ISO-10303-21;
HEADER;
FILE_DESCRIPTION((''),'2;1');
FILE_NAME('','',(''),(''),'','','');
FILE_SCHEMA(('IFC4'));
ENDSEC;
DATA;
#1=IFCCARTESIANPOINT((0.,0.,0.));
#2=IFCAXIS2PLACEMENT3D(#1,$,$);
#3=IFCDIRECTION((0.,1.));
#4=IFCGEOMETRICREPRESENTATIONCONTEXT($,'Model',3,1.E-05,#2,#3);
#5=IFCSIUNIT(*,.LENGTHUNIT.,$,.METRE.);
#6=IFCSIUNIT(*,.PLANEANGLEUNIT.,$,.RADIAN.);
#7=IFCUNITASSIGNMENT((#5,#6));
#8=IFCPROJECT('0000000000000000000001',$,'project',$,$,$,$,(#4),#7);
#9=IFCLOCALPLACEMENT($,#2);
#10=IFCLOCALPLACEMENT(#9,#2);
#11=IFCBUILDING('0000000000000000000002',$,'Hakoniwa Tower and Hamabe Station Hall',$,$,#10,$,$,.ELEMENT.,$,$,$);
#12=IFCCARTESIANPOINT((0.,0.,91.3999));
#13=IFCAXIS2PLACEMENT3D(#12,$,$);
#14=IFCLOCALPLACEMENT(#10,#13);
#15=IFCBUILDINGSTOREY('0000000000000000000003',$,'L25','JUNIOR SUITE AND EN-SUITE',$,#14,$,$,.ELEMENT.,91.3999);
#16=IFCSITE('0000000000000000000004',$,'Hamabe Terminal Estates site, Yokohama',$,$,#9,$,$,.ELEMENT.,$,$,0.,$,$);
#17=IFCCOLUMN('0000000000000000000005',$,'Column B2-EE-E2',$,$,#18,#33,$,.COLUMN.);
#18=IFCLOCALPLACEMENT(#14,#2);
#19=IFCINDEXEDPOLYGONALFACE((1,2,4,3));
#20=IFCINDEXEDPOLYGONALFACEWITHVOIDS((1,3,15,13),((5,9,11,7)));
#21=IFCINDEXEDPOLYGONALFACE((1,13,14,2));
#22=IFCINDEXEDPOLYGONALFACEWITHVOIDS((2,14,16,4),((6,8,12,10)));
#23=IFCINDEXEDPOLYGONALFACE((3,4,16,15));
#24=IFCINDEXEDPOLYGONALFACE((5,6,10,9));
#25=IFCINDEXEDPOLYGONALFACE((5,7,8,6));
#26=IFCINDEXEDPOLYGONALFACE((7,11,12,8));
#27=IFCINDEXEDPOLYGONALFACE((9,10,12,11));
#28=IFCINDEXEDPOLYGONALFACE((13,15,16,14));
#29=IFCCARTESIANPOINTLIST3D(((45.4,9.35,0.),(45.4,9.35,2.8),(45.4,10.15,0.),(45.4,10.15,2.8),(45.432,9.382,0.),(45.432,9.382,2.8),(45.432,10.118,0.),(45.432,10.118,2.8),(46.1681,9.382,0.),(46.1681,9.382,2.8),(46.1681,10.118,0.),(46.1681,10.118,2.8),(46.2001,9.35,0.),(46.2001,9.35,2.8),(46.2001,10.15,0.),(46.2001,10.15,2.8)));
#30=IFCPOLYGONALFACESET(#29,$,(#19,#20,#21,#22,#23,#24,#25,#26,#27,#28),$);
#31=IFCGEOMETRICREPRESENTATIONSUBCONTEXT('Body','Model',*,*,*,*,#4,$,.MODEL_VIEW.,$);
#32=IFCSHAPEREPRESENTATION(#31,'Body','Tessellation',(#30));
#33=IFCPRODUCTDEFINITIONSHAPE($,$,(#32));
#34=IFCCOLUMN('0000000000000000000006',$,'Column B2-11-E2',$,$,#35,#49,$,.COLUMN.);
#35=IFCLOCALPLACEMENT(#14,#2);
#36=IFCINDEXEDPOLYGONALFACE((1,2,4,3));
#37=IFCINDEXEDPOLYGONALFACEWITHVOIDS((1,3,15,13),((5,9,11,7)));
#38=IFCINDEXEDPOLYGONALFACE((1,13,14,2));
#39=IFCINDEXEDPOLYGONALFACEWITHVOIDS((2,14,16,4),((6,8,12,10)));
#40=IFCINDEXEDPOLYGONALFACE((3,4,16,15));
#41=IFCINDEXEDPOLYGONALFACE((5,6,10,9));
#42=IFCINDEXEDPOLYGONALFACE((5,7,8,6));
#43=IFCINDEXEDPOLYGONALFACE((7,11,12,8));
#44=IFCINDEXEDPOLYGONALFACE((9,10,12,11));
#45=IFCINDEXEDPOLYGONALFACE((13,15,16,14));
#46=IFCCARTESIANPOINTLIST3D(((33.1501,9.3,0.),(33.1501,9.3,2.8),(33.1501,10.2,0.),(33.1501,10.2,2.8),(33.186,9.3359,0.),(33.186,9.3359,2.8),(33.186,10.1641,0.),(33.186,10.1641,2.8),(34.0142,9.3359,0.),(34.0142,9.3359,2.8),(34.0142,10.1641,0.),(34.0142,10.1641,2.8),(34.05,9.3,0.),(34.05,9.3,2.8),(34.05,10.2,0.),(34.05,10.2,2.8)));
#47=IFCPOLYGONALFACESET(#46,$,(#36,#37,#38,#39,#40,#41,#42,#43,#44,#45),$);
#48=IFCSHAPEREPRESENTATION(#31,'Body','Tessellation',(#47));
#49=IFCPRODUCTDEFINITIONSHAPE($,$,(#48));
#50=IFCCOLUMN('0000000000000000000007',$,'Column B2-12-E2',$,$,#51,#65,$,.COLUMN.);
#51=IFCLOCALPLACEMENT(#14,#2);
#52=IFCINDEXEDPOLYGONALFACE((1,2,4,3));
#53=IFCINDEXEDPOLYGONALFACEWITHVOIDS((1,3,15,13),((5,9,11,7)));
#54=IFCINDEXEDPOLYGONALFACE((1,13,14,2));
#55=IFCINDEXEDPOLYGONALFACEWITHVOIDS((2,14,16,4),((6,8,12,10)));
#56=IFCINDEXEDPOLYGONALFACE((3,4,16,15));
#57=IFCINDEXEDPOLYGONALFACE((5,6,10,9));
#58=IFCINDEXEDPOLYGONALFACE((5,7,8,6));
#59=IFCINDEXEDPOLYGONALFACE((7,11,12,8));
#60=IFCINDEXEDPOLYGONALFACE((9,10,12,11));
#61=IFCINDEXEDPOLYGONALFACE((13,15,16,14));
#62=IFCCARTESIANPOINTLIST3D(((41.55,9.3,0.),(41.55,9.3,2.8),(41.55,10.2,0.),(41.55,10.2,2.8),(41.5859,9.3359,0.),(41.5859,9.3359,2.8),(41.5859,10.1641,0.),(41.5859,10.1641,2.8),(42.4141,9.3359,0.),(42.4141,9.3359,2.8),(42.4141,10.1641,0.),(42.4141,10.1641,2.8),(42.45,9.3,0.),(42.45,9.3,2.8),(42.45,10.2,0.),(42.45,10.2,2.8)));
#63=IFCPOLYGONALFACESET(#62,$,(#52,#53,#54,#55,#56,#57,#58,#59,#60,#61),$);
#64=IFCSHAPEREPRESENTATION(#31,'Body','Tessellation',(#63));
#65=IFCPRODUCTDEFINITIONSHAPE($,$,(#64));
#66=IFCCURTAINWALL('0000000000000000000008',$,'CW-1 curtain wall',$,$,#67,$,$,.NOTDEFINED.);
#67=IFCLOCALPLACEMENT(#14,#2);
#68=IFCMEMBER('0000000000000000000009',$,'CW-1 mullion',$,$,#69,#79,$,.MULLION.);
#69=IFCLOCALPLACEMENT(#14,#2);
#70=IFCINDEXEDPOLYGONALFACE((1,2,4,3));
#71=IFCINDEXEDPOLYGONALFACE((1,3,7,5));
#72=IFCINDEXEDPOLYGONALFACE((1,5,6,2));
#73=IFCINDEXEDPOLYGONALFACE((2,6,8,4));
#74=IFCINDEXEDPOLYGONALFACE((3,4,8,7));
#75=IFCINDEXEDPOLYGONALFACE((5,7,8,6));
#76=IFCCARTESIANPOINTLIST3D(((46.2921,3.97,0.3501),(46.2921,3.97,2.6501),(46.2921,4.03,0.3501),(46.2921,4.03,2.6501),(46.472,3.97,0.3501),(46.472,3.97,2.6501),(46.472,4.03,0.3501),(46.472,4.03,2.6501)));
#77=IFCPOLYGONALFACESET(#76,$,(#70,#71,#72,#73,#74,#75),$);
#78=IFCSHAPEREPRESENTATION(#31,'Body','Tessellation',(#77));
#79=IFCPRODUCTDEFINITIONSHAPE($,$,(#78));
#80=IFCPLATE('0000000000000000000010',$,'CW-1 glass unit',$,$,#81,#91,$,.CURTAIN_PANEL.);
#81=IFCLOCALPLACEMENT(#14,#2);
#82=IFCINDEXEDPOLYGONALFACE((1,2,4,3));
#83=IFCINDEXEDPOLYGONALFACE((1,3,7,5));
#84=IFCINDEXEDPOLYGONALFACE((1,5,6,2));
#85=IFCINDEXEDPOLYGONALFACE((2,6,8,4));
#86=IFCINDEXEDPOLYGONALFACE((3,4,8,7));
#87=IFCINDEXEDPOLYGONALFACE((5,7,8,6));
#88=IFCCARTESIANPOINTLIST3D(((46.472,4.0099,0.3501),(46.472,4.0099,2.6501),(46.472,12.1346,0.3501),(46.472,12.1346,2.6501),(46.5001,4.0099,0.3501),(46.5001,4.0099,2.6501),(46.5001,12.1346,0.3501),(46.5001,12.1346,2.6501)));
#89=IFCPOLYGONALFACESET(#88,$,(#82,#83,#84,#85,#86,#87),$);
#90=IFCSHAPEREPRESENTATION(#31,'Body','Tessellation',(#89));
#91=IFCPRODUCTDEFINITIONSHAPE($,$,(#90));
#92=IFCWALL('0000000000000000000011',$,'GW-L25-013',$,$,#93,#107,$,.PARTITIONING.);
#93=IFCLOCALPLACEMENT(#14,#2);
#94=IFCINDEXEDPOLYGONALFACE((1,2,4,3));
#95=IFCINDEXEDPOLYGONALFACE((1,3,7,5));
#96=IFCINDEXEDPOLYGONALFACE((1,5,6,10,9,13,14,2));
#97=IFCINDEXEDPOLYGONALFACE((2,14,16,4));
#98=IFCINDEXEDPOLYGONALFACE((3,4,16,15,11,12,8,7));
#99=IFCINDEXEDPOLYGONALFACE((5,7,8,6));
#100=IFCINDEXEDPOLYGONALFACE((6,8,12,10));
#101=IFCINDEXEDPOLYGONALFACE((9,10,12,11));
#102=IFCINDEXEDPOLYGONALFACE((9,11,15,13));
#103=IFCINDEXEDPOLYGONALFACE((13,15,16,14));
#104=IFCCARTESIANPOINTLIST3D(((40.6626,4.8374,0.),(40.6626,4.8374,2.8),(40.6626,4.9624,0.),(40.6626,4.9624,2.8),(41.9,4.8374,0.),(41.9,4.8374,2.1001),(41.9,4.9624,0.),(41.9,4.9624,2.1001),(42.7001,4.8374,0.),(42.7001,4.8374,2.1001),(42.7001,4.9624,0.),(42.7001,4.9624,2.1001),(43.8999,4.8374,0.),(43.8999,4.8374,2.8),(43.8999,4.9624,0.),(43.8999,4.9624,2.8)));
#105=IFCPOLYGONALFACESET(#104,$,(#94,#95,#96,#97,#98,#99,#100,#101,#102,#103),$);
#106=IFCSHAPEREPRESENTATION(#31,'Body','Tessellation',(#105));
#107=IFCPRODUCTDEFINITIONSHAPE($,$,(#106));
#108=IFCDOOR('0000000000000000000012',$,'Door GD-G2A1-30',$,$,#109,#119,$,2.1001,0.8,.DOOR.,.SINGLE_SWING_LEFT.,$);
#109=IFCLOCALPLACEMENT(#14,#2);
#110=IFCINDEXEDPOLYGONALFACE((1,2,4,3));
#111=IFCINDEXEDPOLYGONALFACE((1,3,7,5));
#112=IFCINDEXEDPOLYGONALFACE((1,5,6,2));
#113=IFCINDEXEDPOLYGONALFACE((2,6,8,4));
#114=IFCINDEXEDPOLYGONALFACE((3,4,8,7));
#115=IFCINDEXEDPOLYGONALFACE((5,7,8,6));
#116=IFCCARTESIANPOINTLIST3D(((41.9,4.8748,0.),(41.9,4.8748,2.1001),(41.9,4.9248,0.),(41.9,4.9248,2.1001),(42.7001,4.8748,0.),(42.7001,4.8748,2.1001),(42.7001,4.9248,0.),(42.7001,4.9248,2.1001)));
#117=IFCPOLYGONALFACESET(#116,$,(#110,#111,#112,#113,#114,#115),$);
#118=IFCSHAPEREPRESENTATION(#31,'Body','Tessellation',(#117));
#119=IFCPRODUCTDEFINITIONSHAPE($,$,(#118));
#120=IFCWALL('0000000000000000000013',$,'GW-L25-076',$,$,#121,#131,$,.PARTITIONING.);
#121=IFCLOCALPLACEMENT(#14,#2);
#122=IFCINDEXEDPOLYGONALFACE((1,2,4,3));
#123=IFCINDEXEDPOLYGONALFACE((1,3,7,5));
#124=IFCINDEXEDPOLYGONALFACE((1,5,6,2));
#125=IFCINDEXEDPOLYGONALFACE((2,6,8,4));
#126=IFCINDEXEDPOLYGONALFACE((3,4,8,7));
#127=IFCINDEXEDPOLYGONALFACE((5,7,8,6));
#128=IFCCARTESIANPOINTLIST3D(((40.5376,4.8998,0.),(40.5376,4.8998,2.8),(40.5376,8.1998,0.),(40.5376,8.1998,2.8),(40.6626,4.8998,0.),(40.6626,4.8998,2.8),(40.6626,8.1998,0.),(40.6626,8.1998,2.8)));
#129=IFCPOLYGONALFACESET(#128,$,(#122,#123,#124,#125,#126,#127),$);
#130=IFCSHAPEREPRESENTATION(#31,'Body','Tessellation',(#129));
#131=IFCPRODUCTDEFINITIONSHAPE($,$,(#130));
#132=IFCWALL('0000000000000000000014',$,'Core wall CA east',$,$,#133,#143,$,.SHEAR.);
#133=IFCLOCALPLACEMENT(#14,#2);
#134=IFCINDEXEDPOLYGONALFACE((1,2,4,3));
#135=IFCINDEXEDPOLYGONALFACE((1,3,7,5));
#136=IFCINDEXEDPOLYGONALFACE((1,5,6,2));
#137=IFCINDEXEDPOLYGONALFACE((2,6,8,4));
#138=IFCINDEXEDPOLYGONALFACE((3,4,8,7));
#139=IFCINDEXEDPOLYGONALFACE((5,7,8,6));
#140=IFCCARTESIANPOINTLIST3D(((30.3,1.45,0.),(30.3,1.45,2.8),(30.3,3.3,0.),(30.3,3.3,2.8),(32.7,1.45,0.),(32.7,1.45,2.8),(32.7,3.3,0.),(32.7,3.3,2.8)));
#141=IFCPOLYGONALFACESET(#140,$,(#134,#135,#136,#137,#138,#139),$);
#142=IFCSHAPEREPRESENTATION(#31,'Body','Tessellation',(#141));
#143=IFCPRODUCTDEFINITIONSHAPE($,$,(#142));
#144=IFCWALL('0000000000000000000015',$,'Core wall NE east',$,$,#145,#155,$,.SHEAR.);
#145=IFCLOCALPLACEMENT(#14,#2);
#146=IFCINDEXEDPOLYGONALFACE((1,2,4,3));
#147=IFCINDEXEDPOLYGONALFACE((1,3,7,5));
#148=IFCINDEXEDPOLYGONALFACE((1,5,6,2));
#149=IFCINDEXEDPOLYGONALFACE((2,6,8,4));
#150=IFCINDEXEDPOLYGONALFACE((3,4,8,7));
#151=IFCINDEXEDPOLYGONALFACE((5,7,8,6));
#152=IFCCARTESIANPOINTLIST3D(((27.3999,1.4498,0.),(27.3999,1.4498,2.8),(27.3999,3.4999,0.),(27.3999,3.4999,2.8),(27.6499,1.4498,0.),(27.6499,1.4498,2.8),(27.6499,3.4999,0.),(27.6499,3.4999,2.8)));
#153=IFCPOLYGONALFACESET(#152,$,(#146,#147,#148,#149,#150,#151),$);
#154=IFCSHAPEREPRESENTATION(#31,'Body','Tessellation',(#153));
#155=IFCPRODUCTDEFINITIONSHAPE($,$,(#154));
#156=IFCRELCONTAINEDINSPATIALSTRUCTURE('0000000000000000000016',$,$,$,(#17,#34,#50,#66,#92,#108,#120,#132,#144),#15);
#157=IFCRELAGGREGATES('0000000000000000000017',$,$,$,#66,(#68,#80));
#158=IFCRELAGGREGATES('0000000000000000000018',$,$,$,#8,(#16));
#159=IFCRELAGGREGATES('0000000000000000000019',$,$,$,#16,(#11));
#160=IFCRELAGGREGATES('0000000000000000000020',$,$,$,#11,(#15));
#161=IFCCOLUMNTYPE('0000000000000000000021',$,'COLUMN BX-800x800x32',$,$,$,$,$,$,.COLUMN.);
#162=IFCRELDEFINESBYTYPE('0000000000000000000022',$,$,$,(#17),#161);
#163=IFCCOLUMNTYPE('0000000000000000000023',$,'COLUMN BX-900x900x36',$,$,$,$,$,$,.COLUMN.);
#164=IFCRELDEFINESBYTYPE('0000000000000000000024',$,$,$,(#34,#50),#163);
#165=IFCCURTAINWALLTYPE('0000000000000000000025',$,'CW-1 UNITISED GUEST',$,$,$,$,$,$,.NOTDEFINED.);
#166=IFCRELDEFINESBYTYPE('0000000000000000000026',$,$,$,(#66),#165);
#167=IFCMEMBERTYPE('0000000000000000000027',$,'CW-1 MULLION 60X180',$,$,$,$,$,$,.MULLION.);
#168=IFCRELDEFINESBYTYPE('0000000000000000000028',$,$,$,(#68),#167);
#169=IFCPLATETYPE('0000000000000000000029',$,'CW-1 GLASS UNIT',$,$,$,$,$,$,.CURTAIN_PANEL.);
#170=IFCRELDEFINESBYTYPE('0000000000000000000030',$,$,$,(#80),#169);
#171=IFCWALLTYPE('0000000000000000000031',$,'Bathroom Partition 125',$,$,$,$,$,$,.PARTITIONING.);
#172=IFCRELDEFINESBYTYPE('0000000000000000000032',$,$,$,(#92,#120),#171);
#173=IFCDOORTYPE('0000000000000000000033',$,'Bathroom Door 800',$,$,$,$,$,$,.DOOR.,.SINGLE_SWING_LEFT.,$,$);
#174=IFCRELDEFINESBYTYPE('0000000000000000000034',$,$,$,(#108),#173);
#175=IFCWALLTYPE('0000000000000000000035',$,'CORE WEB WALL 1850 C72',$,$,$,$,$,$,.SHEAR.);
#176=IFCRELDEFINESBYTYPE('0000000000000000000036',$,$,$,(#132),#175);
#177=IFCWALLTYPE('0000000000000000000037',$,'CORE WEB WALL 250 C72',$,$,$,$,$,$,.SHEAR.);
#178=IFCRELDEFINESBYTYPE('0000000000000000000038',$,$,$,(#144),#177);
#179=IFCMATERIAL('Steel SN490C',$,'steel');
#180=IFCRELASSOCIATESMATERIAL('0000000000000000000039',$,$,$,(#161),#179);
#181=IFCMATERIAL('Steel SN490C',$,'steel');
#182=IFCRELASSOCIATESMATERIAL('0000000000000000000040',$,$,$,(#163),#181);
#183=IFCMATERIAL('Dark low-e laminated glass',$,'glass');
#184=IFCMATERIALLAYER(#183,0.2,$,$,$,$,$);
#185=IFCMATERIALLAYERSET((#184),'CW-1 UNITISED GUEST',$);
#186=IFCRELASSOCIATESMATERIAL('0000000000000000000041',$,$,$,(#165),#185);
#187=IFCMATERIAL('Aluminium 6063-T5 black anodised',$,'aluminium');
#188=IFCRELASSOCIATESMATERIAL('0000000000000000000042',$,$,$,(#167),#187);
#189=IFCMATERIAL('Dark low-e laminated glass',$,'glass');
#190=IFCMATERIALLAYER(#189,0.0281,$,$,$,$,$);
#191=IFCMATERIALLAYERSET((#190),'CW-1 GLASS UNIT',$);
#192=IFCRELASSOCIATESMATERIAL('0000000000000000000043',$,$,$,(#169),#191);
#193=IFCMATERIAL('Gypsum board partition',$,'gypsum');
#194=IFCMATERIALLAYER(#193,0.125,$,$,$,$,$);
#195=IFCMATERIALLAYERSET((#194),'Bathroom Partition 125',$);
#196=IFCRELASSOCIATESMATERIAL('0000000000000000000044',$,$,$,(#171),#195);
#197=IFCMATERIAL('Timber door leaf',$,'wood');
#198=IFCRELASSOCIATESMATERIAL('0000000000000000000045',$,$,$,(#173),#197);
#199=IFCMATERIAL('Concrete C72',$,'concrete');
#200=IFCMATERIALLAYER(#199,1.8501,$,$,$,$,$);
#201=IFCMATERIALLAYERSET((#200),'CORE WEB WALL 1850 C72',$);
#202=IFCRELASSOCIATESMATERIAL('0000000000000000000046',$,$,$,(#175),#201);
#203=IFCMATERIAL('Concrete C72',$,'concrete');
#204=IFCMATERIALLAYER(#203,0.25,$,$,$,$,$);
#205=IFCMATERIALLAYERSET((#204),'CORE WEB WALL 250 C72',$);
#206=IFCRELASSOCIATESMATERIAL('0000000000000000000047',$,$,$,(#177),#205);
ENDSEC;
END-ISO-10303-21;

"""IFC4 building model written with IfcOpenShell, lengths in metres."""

from ifc_helpers import new_model, si_unit, direction, frame, frame_2d, origin, origin_2d, place, context, subcontext, project, spatial, rectangle, hollow_rectangle, extrude, material, layer, layer_set, material_profile, profile_set, type_object, element, fill, aggregate, save


model = new_model("IFC4")

# Units and contexts
model_context = context("Model", 3, precision=1e-05, world=origin(), true_north=direction((0.0, 1.0)))
body_context = subcontext(model_context, "Body", "Model", "MODEL_VIEW")
ifc_project = project(units=[si_unit("LENGTHUNIT", "METRE"), si_unit("PLANEANGLEUNIT", "RADIAN")], contexts=[model_context])

# Site, building, storey
site_placement = place(None, origin())
site = spatial("IfcSite", under=ifc_project, at=site_placement, Name="Hamabe Terminal Estates site, Yokohama", CompositionType="ELEMENT", RefElevation=0.0)
building_placement = place(site_placement, origin())
building = spatial("IfcBuilding", under=site, at=building_placement, Name="Hakoniwa Tower and Hamabe Station Hall", CompositionType="ELEMENT")
storey_placement = place(building_placement, frame((0.0, 0.0, 91.3999)))
storey = spatial("IfcBuildingStorey", under=building, at=storey_placement, Name="L25", Description="JUNIOR SUITE AND EN-SUITE", CompositionType="ELEMENT", Elevation=91.3999)

# Columns
ifc_material_1 = material(Name="Steel SN490C", Category="steel")
ifc_material_profile_1 = material_profile(ifc_material_1, hollow_rectangle(XDim=0.8, YDim=0.8, WallThickness=0.032, at=origin_2d()), Name="BX-800x800x32")
ifc_profile_set_1 = profile_set([ifc_material_profile_1], Name="Steel SN490C")
column_type_1 = type_object("IfcColumnType", Name="COLUMN BX-800x800x32", PredefinedType="COLUMN", material=ifc_profile_set_1)
column_placement = place(storey_placement, frame((45.8, 9.75, 0.0), z_axis=(0.0, 0.0, 1.0), x_axis=(1.0, 0.0, 0.0)))
element("IfcColumn", 1, at=column_placement, inside=storey, type_object=column_type_1, Name="Column B2-EE-E2", PredefinedType="COLUMN", context=body_context, shape_type="SweptSolid", body=[
    extrude(hollow_rectangle(XDim=0.8, YDim=0.8, WallThickness=0.032, at=origin_2d()), origin(), (0.0, 0.0, 1.0), 2.8),
])
ifc_material_2 = material(Name="Steel SN490C", Category="steel")
ifc_material_profile_2 = material_profile(ifc_material_2, hollow_rectangle(XDim=0.8999, YDim=0.8999, WallThickness=0.0359, at=origin_2d()), Name="BX-900x900x36")
ifc_profile_set_2 = profile_set([ifc_material_profile_2], Name="Steel SN490C")
column_type_2 = type_object("IfcColumnType", Name="COLUMN BX-900x900x36", PredefinedType="COLUMN", material=ifc_profile_set_2)
for number, where, z_axis, x_axis, name in (
    (2, (33.6001, 9.75, 0.0), (0.0, 0.0, 1.0), (1.0, 0.0, 0.0), "Column B2-11-E2"),
    (3, (42.0, 9.75, 0.0), (0.0, 0.0, 1.0), (1.0, 0.0, 0.0), "Column B2-12-E2"),
):
    element("IfcColumn", number, at=place(storey_placement, frame(where, z_axis=z_axis, x_axis=x_axis)), inside=storey, type_object=column_type_2, Name=name, PredefinedType="COLUMN", context=body_context, shape_type="SweptSolid", body=[
        extrude(hollow_rectangle(XDim=0.8999, YDim=0.8999, WallThickness=0.0359, at=origin_2d()), origin(), (0.0, 0.0, 1.0), 2.8),
    ])

# Curtain wall, member, plate
ifc_material_3 = material(Name="Dark low-e laminated glass", Category="glass")
ifc_layer_1 = layer(ifc_material_3, 0.2)
ifc_layer_set_1 = layer_set([ifc_layer_1], Name="CW-1 UNITISED GUEST")
curtain_wall_type = type_object("IfcCurtainWallType", Name="CW-1 UNITISED GUEST", PredefinedType="NOTDEFINED", material=ifc_layer_set_1)
curtain_wall_placement = place(storey_placement, origin())
curtain_wall = element("IfcCurtainWall", 4, at=curtain_wall_placement, inside=storey, type_object=curtain_wall_type, Name="CW-1 curtain wall", PredefinedType="NOTDEFINED")
ifc_material_4 = material(Name="Aluminium 6063-T5 black anodised", Category="aluminium")
ifc_material_profile_3 = material_profile(ifc_material_4, rectangle(XDim=0.0601, YDim=0.1799, at=origin_2d()), Name="CW-1 MULLION 60X180")
ifc_profile_set_3 = profile_set([ifc_material_profile_3], Name="Aluminium 6063-T5 black anodised")
member_type = type_object("IfcMemberType", Name="CW-1 MULLION 60X180", PredefinedType="MULLION", material=ifc_profile_set_3)
member_placement = place(storey_placement, frame((46.3821, 4.0, 0.3501), z_axis=(0.0, 0.0, 1.0), x_axis=(0.0, 1.0, 0.0)))
member = element("IfcMember", 5, at=member_placement, type_object=member_type, Name="CW-1 mullion", PredefinedType="MULLION", context=body_context, shape_type="SweptSolid", body=[
    extrude(rectangle(XDim=0.0601, YDim=0.1799, at=origin_2d()), origin(), (0.0, 0.0, 1.0), 2.3),
])
ifc_material_5 = material(Name="Dark low-e laminated glass", Category="glass")
ifc_layer_2 = layer(ifc_material_5, 0.0281)
ifc_layer_set_2 = layer_set([ifc_layer_2], Name="CW-1 GLASS UNIT")
plate_type = type_object("IfcPlateType", Name="CW-1 GLASS UNIT", PredefinedType="CURTAIN_PANEL", material=ifc_layer_set_2)
plate_placement = place(storey_placement, frame((46.4861, 8.0723, 0.3501), z_axis=(0.0, 0.0, 1.0), x_axis=(0.0, 1.0, 0.0)))
plate = element("IfcPlate", 6, at=plate_placement, type_object=plate_type, Name="CW-1 glass unit", PredefinedType="CURTAIN_PANEL", context=body_context, shape_type="SweptSolid", body=[
    extrude(rectangle(XDim=8.1248, YDim=0.0281, at=origin_2d()), origin(), (0.0, 0.0, 1.0), 2.3),
])
aggregate(curtain_wall, [member, plate])

# Wall, opening, door
ifc_material_6 = material(Name="Gypsum board partition", Category="gypsum")
ifc_layer_3 = layer(ifc_material_6, 0.125)
ifc_layer_set_3 = layer_set([ifc_layer_3], Name="Bathroom Partition 125")
wall_type_1 = type_object("IfcWallType", Name="Bathroom Partition 125", PredefinedType="PARTITIONING", material=ifc_layer_set_3)
wall_1_placement = place(storey_placement, frame((40.6626, 4.8999, 0.0), z_axis=(0.0, 0.0, 1.0), x_axis=(1.0, 0.0, 0.0)))
wall_1 = element("IfcWall", 7, at=wall_1_placement, inside=storey, type_object=wall_type_1, Name="GW-L25-013", PredefinedType="PARTITIONING", context=body_context, shape_type="SweptSolid", body=[
    extrude(rectangle(XDim=3.2373, YDim=0.125, at=frame_2d((1.6187, 0.0))), origin(), (0.0, 0.0, 1.0), 2.8),
])
opening_1_placement = place(wall_1_placement, frame((1.2375, 0.0, 0.0)))
opening_1 = element("IfcOpeningElement", 8, at=opening_1_placement, cuts=wall_1, PredefinedType="OPENING", context=body_context, shape_type="SweptSolid", body=[
    extrude(rectangle(XDim=0.8, YDim=2.1001, at=frame_2d((0.3999, 1.05))), frame((0.0, 0.0725, 0.0), z_axis=(0.0, -1.0, 0.0), x_axis=(1.0, 0.0, 0.0)), (0.0, 0.0, 1.0), 0.145),
])
ifc_material_7 = material(Name="Timber door leaf", Category="wood")
door_type_1 = type_object("IfcDoorType", Name="Bathroom Door 800", OperationType="SINGLE_SWING_LEFT", PredefinedType="DOOR", material=ifc_material_7)
door_1_placement = place(opening_1_placement, origin())
door_1 = element("IfcDoor", 9, at=door_1_placement, inside=storey, type_object=door_type_1, Name="Door GD-G2A1-30", OperationType="SINGLE_SWING_LEFT", OverallHeight=2.1001, OverallWidth=0.8, PredefinedType="DOOR", context=body_context, shape_type="SweptSolid", body=[
    extrude(rectangle(XDim=0.8, YDim=2.1001, at=frame_2d((0.3999, 1.05))), frame((0.0, 0.0249, 0.0), z_axis=(0.0, -1.0, 0.0), x_axis=(1.0, 0.0, 0.0)), (0.0, 0.0, 1.0), 0.05),
])
fill(opening_1, door_1)

# Walls
wall_2_placement = place(storey_placement, frame((40.6001, 4.8999, 0.0), z_axis=(0.0, 0.0, 1.0), x_axis=(0.0, 1.0, 0.0)))
element("IfcWall", 10, at=wall_2_placement, inside=storey, type_object=wall_type_1, Name="GW-L25-076", PredefinedType="PARTITIONING", context=body_context, shape_type="SweptSolid", body=[
    extrude(rectangle(XDim=3.3, YDim=0.125, at=frame_2d((1.6499, 0.0))), origin(), (0.0, 0.0, 1.0), 2.8),
])
ifc_material_8 = material(Name="Concrete C72", Category="concrete")
ifc_layer_4 = layer(ifc_material_8, 1.8501)
ifc_layer_set_4 = layer_set([ifc_layer_4], Name="CORE WEB WALL 1850 C72")
wall_type_2 = type_object("IfcWallType", Name="CORE WEB WALL 1850 C72", PredefinedType="SHEAR", material=ifc_layer_set_4)
wall_3_placement = place(storey_placement, frame((30.3, 2.375, 0.0), z_axis=(0.0, 0.0, 1.0), x_axis=(1.0, 0.0, 0.0)))
element("IfcWall", 11, at=wall_3_placement, inside=storey, type_object=wall_type_2, Name="Core wall CA east", PredefinedType="SHEAR", context=body_context, shape_type="SweptSolid", body=[
    extrude(rectangle(XDim=2.3999, YDim=1.8501, at=frame_2d((1.2, 0.0))), origin(), (0.0, 0.0, 1.0), 2.8),
])
ifc_material_9 = material(Name="Concrete C72", Category="concrete")
ifc_layer_5 = layer(ifc_material_9, 0.25)
ifc_layer_set_5 = layer_set([ifc_layer_5], Name="CORE WEB WALL 250 C72")
wall_type_3 = type_object("IfcWallType", Name="CORE WEB WALL 250 C72", PredefinedType="SHEAR", material=ifc_layer_set_5)
wall_4_placement = place(storey_placement, frame((27.5249, 1.45, 0.0), z_axis=(0.0, 0.0, 1.0), x_axis=(0.0, 1.0, 0.0)))
element("IfcWall", 12, at=wall_4_placement, inside=storey, type_object=wall_type_3, Name="Core wall NE east", PredefinedType="SHEAR", context=body_context, shape_type="SweptSolid", body=[
    extrude(rectangle(XDim=2.05, YDim=0.25, at=frame_2d((1.0249, 0.0))), origin(), (0.0, 0.0, 1.0), 2.8),
])

save(model, "model.ifc")
